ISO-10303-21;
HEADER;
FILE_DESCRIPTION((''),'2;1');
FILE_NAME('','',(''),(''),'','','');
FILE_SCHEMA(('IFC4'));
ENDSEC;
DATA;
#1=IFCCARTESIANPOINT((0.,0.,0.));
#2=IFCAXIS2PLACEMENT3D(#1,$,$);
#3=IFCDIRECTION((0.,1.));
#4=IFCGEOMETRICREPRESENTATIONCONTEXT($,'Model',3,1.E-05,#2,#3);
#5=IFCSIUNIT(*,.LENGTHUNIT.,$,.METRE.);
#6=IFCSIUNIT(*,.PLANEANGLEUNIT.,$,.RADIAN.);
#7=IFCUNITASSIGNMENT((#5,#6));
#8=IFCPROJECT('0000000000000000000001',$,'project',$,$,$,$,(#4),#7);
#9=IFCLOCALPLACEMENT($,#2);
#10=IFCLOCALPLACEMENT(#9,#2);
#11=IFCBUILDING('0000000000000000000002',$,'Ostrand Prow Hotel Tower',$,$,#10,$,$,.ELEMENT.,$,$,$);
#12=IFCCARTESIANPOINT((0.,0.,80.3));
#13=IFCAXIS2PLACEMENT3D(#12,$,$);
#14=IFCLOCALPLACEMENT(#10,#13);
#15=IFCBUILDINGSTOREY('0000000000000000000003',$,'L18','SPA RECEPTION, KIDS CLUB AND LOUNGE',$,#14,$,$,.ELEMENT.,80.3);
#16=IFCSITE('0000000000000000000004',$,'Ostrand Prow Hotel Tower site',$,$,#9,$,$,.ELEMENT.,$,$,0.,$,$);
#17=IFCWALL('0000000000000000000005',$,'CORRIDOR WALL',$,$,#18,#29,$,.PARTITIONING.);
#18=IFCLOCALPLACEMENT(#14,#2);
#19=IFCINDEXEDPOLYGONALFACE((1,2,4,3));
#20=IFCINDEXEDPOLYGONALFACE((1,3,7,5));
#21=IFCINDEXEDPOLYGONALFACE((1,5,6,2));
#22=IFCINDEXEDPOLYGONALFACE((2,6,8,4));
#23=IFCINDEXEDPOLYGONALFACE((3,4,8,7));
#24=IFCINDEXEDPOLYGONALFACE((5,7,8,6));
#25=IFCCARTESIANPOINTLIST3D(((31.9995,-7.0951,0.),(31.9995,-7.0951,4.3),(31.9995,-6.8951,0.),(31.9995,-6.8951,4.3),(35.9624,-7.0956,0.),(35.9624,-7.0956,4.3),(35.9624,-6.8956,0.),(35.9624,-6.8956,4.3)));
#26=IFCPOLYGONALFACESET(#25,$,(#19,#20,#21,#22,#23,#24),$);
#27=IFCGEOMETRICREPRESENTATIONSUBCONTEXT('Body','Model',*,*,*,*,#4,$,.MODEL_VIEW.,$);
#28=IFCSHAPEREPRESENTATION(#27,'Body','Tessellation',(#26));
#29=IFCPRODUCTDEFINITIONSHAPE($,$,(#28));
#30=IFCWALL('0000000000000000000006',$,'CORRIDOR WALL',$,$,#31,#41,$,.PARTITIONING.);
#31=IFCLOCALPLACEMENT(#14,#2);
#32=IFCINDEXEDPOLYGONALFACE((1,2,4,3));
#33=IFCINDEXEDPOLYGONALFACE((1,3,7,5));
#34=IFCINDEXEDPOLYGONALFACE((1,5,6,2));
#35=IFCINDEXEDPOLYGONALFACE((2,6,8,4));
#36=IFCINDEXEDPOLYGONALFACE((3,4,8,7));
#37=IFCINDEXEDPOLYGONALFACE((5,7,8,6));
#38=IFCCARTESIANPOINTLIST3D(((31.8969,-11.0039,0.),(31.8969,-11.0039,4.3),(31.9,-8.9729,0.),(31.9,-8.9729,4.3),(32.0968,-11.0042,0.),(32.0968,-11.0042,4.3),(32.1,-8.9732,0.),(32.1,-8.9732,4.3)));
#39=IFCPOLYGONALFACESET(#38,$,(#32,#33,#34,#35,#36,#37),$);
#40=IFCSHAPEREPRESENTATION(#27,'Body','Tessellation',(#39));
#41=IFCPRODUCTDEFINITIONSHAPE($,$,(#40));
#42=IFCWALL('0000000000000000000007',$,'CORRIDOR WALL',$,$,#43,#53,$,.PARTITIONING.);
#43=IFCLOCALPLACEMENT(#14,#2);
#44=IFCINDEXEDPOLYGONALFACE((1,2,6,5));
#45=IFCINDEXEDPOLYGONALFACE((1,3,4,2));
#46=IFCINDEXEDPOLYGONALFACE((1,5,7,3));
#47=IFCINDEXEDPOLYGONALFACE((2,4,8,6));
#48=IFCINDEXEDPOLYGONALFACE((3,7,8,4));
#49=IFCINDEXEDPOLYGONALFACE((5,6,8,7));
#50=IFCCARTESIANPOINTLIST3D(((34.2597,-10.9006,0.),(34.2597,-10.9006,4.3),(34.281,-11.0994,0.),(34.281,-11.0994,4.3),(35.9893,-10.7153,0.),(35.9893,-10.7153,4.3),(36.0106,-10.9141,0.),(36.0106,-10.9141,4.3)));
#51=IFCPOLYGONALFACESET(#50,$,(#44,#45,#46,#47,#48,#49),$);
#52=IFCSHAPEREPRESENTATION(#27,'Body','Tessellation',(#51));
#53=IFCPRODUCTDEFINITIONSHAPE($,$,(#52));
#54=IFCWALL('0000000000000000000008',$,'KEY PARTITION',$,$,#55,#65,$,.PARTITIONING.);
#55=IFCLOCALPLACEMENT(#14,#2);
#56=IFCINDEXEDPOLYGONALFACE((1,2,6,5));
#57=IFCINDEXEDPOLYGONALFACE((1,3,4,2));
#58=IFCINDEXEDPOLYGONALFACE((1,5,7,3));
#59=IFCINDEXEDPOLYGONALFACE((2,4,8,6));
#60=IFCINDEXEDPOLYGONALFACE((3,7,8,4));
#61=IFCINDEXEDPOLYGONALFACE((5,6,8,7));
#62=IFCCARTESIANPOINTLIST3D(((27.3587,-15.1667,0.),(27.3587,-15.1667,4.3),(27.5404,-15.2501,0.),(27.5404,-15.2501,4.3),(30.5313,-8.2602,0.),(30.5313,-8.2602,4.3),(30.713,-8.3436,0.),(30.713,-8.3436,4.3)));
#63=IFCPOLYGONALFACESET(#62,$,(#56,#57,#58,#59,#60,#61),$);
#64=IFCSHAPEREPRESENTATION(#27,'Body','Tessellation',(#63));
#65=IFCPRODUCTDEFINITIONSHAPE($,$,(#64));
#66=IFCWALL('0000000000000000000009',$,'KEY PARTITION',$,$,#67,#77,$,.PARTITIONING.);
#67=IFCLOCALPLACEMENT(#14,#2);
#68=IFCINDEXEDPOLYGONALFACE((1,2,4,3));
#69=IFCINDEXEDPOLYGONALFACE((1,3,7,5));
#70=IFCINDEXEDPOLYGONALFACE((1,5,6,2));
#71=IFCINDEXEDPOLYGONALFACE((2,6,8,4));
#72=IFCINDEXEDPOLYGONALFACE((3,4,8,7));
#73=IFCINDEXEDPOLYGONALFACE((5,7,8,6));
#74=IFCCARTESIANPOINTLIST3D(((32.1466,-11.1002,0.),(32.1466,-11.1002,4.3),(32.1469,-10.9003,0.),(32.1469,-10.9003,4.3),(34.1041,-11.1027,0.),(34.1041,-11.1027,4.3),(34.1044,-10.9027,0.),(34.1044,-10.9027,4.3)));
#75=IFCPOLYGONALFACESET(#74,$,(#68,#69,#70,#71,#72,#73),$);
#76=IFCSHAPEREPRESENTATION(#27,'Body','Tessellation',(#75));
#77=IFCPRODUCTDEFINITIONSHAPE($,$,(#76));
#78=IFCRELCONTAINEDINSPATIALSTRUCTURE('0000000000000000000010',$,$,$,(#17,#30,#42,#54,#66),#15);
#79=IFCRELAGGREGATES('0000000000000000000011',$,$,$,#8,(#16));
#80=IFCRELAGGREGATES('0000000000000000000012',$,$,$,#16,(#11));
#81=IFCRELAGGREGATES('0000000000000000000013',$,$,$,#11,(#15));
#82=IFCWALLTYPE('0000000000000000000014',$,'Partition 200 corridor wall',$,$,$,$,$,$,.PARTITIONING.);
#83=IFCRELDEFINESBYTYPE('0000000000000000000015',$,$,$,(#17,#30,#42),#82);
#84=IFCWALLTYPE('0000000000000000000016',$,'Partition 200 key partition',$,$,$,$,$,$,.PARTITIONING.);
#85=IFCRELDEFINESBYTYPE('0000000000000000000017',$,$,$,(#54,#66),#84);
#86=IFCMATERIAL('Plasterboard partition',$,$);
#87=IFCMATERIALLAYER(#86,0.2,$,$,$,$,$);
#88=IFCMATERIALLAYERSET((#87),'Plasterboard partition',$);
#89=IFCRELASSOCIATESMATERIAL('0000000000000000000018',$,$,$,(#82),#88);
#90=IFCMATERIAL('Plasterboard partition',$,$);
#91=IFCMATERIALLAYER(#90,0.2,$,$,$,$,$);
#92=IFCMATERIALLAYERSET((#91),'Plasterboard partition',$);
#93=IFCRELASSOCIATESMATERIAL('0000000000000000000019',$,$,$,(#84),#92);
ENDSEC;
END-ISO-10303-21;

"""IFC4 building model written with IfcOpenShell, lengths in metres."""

from ifc_helpers import new_model, si_unit, direction, frame, frame_2d, origin, place, context, subcontext, project, spatial, rectangle, extrude, material, layer, layer_set, type_object, element, save


model = new_model("IFC4")

# Units and contexts
model_context = context("Model", 3, precision=1e-05, world=origin(), true_north=direction((0.0, 1.0)))
body_context = subcontext(model_context, "Body", "Model", "MODEL_VIEW")
ifc_project = project(units=[si_unit("LENGTHUNIT", "METRE"), si_unit("PLANEANGLEUNIT", "RADIAN")], contexts=[model_context])

# Site, building, storey
site_placement = place(None, origin())
site = spatial("IfcSite", under=ifc_project, at=site_placement, Name="Ostrand Prow Hotel Tower site", CompositionType="ELEMENT", RefElevation=0.0)
building_placement = place(site_placement, origin())
building = spatial("IfcBuilding", under=site, at=building_placement, Name="Ostrand Prow Hotel Tower", CompositionType="ELEMENT")
storey_placement = place(building_placement, frame((0.0, 0.0, 80.3)))
storey = spatial("IfcBuildingStorey", under=building, at=storey_placement, Name="L18", Description="SPA RECEPTION, KIDS CLUB AND LOUNGE", CompositionType="ELEMENT", Elevation=80.3)

# Shared definitions
ifc_material_1 = material(Name="Plasterboard partition")
ifc_layer_1 = layer(ifc_material_1, 0.2)
ifc_layer_set_1 = layer_set([ifc_layer_1], Name="Plasterboard partition")
wall_type_1 = type_object("IfcWallType", Name="Partition 200 corridor wall", PredefinedType="PARTITIONING", material=ifc_layer_set_1)

# Walls
wall_1_placement = place(storey_placement, frame((35.9624, -6.9956, 0.0), z_axis=(0.0, 0.0, 1.0), x_axis=(-1.0, 0.000123, 0.0)))
element("IfcWall", 1, at=wall_1_placement, inside=storey, type_object=wall_type_1, Name="CORRIDOR WALL", PredefinedType="PARTITIONING", context=body_context, shape_type="SweptSolid", body=[
    extrude(rectangle(XDim=3.9629, YDim=0.2, at=frame_2d((1.9814, 0.0))), origin(), (0.0, 0.0, 1.0), 4.3),
])
wall_2_placement = place(storey_placement, frame((32.0, -8.9729, 0.0), z_axis=(0.0, 0.0, 1.0), x_axis=(-0.001563, -0.999999, 0.0)))
element("IfcWall", 2, at=wall_2_placement, inside=storey, type_object=wall_type_1, Name="CORRIDOR WALL", PredefinedType="PARTITIONING", context=body_context, shape_type="SweptSolid", body=[
    extrude(rectangle(XDim=2.031, YDim=0.2, at=frame_2d((1.0156, 0.0))), origin(), (0.0, 0.0, 1.0), 4.3),
])
wall_3_placement = place(storey_placement, frame((34.2705, -11.0, 0.0), z_axis=(0.0, 0.0, 1.0), x_axis=(0.994309, 0.106533, 0.0)))
element("IfcWall", 3, at=wall_3_placement, inside=storey, type_object=wall_type_1, Name="CORRIDOR WALL", PredefinedType="PARTITIONING", context=body_context, shape_type="SweptSolid", body=[
    extrude(rectangle(XDim=1.7395, YDim=0.2, at=frame_2d((0.8696, 0.0))), origin(), (0.0, 0.0, 1.0), 4.3),
])
ifc_material_2 = material(Name="Plasterboard partition")
ifc_layer_2 = layer(ifc_material_2, 0.2)
ifc_layer_set_2 = layer_set([ifc_layer_2], Name="Plasterboard partition")
wall_type_2 = type_object("IfcWallType", Name="Partition 200 key partition", PredefinedType="PARTITIONING", material=ifc_layer_set_2)
wall_4_placement = place(storey_placement, frame((27.4495, -15.2085, 0.0), z_axis=(0.0, 0.0, 1.0), x_axis=(0.41743, 0.908709, 0.0)))
element("IfcWall", 4, at=wall_4_placement, inside=storey, type_object=wall_type_2, Name="KEY PARTITION", PredefinedType="PARTITIONING", context=body_context, shape_type="SweptSolid", body=[
    extrude(rectangle(XDim=7.6003, YDim=0.2, at=frame_2d((3.8003, 0.0))), origin(), (0.0, 0.0, 1.0), 4.3),
])
wall_5_placement = place(storey_placement, frame((34.1042, -11.0027, 0.0), z_axis=(0.0, 0.0, 1.0), x_axis=(-0.999999, 0.001247, 0.0)))
element("IfcWall", 5, at=wall_5_placement, inside=storey, type_object=wall_type_2, Name="KEY PARTITION", PredefinedType="PARTITIONING", context=body_context, shape_type="SweptSolid", body=[
    extrude(rectangle(XDim=1.9575, YDim=0.2, at=frame_2d((0.9788, 0.0))), origin(), (0.0, 0.0, 1.0), 4.3),
])

save(model, "model.ifc")
